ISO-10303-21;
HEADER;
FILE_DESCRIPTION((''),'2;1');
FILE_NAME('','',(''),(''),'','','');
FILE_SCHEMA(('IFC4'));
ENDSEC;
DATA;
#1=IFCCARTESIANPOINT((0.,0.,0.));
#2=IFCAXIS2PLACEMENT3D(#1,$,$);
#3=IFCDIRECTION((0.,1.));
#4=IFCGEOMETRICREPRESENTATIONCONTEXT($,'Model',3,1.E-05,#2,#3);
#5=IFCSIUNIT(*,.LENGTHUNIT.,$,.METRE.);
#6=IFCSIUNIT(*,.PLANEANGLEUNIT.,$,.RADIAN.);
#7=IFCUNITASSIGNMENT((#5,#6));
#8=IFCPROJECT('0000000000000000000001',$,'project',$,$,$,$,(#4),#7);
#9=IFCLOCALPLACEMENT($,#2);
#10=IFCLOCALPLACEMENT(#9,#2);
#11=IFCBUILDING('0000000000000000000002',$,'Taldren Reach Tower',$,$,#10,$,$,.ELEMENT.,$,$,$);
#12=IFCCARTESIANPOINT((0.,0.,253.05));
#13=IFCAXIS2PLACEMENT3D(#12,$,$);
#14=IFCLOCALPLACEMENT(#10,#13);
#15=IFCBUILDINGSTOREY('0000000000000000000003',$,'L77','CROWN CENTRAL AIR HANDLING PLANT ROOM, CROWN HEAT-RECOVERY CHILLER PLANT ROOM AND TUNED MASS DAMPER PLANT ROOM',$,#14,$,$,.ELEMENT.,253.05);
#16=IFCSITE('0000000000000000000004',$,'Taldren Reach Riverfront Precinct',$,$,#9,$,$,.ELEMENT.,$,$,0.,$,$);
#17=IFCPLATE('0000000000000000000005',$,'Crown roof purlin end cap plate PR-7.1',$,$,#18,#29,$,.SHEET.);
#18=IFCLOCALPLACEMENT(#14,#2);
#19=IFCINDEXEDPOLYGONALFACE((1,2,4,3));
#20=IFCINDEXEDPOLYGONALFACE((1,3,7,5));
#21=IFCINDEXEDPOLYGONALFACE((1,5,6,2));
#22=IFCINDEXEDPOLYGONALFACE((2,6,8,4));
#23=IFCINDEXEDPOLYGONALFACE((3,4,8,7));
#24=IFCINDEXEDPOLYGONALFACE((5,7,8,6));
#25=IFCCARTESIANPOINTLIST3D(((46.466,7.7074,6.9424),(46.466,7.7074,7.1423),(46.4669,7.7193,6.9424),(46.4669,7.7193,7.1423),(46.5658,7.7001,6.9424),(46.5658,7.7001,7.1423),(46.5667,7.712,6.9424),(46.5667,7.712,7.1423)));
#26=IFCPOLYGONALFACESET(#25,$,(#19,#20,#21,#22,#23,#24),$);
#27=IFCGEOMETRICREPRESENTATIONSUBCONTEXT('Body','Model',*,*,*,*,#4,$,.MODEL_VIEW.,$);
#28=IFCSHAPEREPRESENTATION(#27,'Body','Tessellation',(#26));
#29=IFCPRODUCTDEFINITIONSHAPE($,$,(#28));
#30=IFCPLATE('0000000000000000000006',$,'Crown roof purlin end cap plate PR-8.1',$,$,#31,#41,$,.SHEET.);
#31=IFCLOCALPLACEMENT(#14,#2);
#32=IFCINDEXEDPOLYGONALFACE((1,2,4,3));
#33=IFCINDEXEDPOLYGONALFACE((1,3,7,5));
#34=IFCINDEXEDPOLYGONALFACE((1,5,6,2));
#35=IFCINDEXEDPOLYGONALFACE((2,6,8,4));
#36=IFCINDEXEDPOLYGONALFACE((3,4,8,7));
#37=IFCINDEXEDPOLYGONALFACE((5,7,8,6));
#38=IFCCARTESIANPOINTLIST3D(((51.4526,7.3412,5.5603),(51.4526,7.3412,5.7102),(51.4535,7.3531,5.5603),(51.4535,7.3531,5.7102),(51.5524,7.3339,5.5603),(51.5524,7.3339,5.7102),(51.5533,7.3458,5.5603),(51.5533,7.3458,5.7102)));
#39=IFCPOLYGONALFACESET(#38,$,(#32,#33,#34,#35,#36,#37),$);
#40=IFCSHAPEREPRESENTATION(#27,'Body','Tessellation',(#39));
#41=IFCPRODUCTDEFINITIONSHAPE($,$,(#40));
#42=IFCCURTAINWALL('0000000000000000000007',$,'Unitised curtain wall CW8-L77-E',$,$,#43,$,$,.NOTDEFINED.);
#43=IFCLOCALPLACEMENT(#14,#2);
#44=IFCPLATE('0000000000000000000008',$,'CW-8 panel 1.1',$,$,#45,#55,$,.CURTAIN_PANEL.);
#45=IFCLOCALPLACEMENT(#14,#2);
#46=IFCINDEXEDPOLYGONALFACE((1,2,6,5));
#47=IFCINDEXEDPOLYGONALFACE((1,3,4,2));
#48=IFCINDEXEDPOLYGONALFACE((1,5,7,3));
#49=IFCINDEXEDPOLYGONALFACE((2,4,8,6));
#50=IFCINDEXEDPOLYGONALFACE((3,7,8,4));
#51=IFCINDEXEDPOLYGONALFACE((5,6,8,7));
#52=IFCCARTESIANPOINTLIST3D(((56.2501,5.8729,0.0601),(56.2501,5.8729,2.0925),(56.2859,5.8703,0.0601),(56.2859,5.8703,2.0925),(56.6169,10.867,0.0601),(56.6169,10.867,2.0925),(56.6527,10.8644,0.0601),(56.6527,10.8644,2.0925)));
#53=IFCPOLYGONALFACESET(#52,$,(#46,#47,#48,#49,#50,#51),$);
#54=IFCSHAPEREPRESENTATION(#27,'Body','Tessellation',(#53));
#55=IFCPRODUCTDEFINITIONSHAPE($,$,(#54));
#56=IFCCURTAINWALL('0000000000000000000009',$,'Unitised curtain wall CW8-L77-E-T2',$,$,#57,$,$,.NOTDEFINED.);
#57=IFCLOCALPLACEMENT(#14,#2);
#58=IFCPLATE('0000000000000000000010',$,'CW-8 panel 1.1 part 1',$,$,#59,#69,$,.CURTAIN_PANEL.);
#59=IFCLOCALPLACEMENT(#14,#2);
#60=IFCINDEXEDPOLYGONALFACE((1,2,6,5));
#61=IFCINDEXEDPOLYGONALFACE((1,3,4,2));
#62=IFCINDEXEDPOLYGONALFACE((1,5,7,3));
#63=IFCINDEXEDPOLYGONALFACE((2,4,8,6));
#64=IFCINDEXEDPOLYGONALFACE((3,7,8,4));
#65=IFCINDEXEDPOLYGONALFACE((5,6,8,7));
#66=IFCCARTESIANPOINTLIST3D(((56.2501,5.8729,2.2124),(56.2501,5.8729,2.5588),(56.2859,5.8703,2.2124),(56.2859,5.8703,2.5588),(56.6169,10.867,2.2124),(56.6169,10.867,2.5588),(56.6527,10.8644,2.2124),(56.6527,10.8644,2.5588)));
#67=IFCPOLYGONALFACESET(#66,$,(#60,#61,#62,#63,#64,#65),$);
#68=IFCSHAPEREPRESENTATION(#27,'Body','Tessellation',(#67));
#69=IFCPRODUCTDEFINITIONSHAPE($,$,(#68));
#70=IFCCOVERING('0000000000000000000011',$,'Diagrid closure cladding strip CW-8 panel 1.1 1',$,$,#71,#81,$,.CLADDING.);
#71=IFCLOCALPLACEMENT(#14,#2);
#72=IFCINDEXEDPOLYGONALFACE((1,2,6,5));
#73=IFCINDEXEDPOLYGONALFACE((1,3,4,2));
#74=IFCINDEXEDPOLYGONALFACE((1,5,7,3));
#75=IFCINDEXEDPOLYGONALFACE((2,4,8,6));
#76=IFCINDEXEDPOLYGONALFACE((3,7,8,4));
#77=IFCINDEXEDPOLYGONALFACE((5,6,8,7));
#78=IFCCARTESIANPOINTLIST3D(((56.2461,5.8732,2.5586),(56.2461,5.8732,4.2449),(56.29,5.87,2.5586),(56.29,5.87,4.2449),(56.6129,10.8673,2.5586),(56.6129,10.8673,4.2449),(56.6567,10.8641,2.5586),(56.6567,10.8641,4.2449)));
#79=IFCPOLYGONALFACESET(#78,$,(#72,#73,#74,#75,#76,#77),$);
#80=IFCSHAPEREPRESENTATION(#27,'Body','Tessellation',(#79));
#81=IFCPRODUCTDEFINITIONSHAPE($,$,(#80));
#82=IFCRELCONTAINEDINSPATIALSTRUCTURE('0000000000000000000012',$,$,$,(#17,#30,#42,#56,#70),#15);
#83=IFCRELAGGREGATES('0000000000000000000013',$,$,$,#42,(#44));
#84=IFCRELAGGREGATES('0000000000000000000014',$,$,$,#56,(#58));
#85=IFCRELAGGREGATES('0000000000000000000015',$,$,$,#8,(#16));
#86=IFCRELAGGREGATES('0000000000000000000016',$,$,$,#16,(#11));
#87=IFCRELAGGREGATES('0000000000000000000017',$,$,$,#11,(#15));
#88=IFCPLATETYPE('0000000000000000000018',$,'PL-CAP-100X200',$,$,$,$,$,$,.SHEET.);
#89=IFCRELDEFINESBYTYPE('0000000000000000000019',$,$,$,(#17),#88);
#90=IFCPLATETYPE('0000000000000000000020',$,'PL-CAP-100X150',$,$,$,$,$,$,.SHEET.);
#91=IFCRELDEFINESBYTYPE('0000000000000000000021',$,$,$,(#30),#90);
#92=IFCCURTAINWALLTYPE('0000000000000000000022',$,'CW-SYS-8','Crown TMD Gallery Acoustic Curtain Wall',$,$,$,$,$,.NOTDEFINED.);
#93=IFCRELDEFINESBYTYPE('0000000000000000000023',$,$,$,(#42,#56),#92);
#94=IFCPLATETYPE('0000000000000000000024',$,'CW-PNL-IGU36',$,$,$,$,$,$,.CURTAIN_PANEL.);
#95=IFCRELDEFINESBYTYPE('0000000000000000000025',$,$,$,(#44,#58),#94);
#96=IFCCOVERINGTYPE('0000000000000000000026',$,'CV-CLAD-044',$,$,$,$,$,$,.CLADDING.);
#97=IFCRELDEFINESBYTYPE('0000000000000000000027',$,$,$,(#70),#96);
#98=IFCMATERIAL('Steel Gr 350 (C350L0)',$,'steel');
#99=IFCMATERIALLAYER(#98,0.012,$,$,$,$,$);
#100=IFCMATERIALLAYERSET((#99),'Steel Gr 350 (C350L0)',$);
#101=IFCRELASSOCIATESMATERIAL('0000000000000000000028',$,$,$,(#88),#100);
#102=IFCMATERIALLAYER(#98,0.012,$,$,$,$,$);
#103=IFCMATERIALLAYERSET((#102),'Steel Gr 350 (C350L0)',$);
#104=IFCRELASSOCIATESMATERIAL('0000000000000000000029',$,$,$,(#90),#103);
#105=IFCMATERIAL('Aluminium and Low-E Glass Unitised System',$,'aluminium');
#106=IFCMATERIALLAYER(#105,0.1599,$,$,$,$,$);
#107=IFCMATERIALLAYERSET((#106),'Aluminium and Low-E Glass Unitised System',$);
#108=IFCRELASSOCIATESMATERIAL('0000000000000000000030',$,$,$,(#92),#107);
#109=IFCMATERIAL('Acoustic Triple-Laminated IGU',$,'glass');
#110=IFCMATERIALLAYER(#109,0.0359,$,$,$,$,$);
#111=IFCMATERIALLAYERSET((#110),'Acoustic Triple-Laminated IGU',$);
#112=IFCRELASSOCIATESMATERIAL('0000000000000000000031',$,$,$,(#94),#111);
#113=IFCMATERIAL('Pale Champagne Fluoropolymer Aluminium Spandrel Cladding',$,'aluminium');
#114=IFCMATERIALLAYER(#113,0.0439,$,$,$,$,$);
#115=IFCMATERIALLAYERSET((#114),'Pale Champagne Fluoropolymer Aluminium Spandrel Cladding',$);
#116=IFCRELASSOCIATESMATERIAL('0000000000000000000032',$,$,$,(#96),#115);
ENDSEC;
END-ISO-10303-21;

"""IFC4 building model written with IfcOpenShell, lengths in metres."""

from ifc_helpers import new_model, si_unit, direction, frame, origin, origin_2d, place, context, subcontext, project, spatial, rectangle, extrude, source, transform, mapped, material, layer, layer_set, type_object, element, aggregate, save


model = new_model("IFC4")

# Units and contexts
model_context = context("Model", 3, precision=1e-05, world=origin(), true_north=direction((0.0, 1.0)))
body_context = subcontext(model_context, "Body", "Model", "MODEL_VIEW")
ifc_project = project(units=[si_unit("LENGTHUNIT", "METRE"), si_unit("PLANEANGLEUNIT", "RADIAN")], contexts=[model_context])

# Site, building, storey
site_placement = place(None, origin())
site = spatial("IfcSite", under=ifc_project, at=site_placement, Name="Taldren Reach Riverfront Precinct", CompositionType="ELEMENT", RefElevation=0.0)
building_placement = place(site_placement, origin())
building = spatial("IfcBuilding", under=site, at=building_placement, Name="Taldren Reach Tower", CompositionType="ELEMENT")
storey_placement = place(building_placement, frame((0.0, 0.0, 253.05)))
storey = spatial("IfcBuildingStorey", under=building, at=storey_placement, Name="L77", Description="CROWN CENTRAL AIR HANDLING PLANT ROOM, CROWN HEAT-RECOVERY CHILLER PLANT ROOM AND TUNED MASS DAMPER PLANT ROOM", CompositionType="ELEMENT", Elevation=253.05)

# Shared definitions
ifc_material_1 = material(Name="Steel Gr 350 (C350L0)", Category="steel")

# Plates
ifc_layer_1 = layer(ifc_material_1, 0.012)
ifc_layer_set_1 = layer_set([ifc_layer_1], Name="Steel Gr 350 (C350L0)")
plate_type_1 = type_object("IfcPlateType", Name="PL-CAP-100X200", PredefinedType="SHEET", material=ifc_layer_set_1)
shared_shape_1 = source(origin(), body_context, "Body", "SweptSolid", [
    extrude(rectangle(XDim=0.1001, YDim=0.012, at=origin_2d()), origin(), (0.0, 0.0, 1.0), 0.2),
])
plate_1_placement = place(storey_placement, frame((46.5164, 7.7097, 6.9424), z_axis=(0.0, 0.0, 1.0), x_axis=(0.997314, -0.073238, 0.0)))
element("IfcPlate", 1, at=plate_1_placement, inside=storey, type_object=plate_type_1, Name="Crown roof purlin end cap plate PR-7.1", PredefinedType="SHEET", context=body_context, shape_type="MappedRepresentation", body=[
    mapped(shared_shape_1, transform((0.0, 0.0, 0.0), scale=1.0)),
])
ifc_layer_2 = layer(ifc_material_1, 0.012)
ifc_layer_set_2 = layer_set([ifc_layer_2], Name="Steel Gr 350 (C350L0)")
plate_type_2 = type_object("IfcPlateType", Name="PL-CAP-100X150", PredefinedType="SHEET", material=ifc_layer_set_2)
shared_shape_2 = source(origin(), body_context, "Body", "SweptSolid", [
    extrude(rectangle(XDim=0.1001, YDim=0.012, at=origin_2d()), origin(), (0.0, 0.0, 1.0), 0.1499),
])
plate_2_placement = place(storey_placement, frame((51.5029, 7.3435, 5.5603), z_axis=(0.0, 0.0, 1.0), x_axis=(0.997314, -0.073238, 0.0)))
element("IfcPlate", 2, at=plate_2_placement, inside=storey, type_object=plate_type_2, Name="Crown roof purlin end cap plate PR-8.1", PredefinedType="SHEET", context=body_context, shape_type="MappedRepresentation", body=[
    mapped(shared_shape_2, transform((0.0, 0.0, 0.0), scale=1.0)),
])

# Curtain walls, plates
ifc_material_2 = material(Name="Aluminium and Low-E Glass Unitised System", Category="aluminium")
ifc_layer_3 = layer(ifc_material_2, 0.1599)
ifc_layer_set_3 = layer_set([ifc_layer_3], Name="Aluminium and Low-E Glass Unitised System")
curtain_wall_type = type_object("IfcCurtainWallType", Name="CW-SYS-8", Description="Crown TMD Gallery Acoustic Curtain Wall", PredefinedType="NOTDEFINED", material=ifc_layer_set_3)
curtain_wall_1_placement = place(storey_placement, origin())
curtain_wall_1 = element("IfcCurtainWall", 3, at=curtain_wall_1_placement, inside=storey, type_object=curtain_wall_type, Name="Unitised curtain wall CW8-L77-E", PredefinedType="NOTDEFINED")
ifc_material_3 = material(Name="Acoustic Triple-Laminated IGU", Category="glass")
ifc_layer_4 = layer(ifc_material_3, 0.0359)
ifc_layer_set_4 = layer_set([ifc_layer_4], Name="Acoustic Triple-Laminated IGU")
plate_type_3 = type_object("IfcPlateType", Name="CW-PNL-IGU36", PredefinedType="CURTAIN_PANEL", material=ifc_layer_set_4)
shared_shape_3 = source(origin(), body_context, "Body", "SweptSolid", [
    extrude(rectangle(XDim=5.0076, YDim=0.0359, at=origin_2d()), origin(), (0.0, 0.0, 1.0), 2.0325),
])
plate_3_placement = place(storey_placement, frame((56.4514, 8.3687, 0.0601), z_axis=(0.0, 0.0, 1.0), x_axis=(0.073238, 0.997314, 0.0)))
plate_3 = element("IfcPlate", 4, at=plate_3_placement, type_object=plate_type_3, Name="CW-8 panel 1.1", PredefinedType="CURTAIN_PANEL", context=body_context, shape_type="MappedRepresentation", body=[
    mapped(shared_shape_3, transform((0.0, 0.0, 0.0), scale=1.0)),
])
aggregate(curtain_wall_1, [plate_3])
curtain_wall_2_placement = place(storey_placement, origin())
curtain_wall_2 = element("IfcCurtainWall", 5, at=curtain_wall_2_placement, inside=storey, type_object=curtain_wall_type, Name="Unitised curtain wall CW8-L77-E-T2", PredefinedType="NOTDEFINED")
shared_shape_4 = source(origin(), body_context, "Body", "SweptSolid", [
    extrude(rectangle(XDim=5.0076, YDim=0.0359, at=origin_2d()), origin(), (0.0, 0.0, 1.0), 0.3464),
])
plate_4_placement = place(storey_placement, frame((56.4514, 8.3687, 2.2124), z_axis=(0.0, 0.0, 1.0), x_axis=(0.073238, 0.997314, 0.0)))
plate_4 = element("IfcPlate", 6, at=plate_4_placement, type_object=plate_type_3, Name="CW-8 panel 1.1 part 1", PredefinedType="CURTAIN_PANEL", context=body_context, shape_type="MappedRepresentation", body=[
    mapped(shared_shape_4, transform((0.0, 0.0, 0.0), scale=1.0)),
])
aggregate(curtain_wall_2, [plate_4])

# Covering
ifc_material_4 = material(Name="Pale Champagne Fluoropolymer Aluminium Spandrel Cladding", Category="aluminium")
ifc_layer_5 = layer(ifc_material_4, 0.0439)
ifc_layer_set_5 = layer_set([ifc_layer_5], Name="Pale Champagne Fluoropolymer Aluminium Spandrel Cladding")
covering_type = type_object("IfcCoveringType", Name="CV-CLAD-044", PredefinedType="CLADDING", material=ifc_layer_set_5)
shared_shape_5 = source(origin(), body_context, "Body", "SweptSolid", [
    extrude(rectangle(XDim=5.0076, YDim=0.0439, at=origin_2d()), origin(), (0.0, 0.0, 1.0), 1.6863),
])
covering_placement = place(storey_placement, frame((56.4514, 8.3687, 2.5586), z_axis=(0.0, 0.0, 1.0), x_axis=(0.073238, 0.997314, 0.0)))
element("IfcCovering", 7, at=covering_placement, inside=storey, type_object=covering_type, Name="Diagrid closure cladding strip CW-8 panel 1.1 1", PredefinedType="CLADDING", context=body_context, shape_type="MappedRepresentation", body=[
    mapped(shared_shape_5, transform((0.0, 0.0, 0.0), scale=1.0)),
])

save(model, "model.ifc")
